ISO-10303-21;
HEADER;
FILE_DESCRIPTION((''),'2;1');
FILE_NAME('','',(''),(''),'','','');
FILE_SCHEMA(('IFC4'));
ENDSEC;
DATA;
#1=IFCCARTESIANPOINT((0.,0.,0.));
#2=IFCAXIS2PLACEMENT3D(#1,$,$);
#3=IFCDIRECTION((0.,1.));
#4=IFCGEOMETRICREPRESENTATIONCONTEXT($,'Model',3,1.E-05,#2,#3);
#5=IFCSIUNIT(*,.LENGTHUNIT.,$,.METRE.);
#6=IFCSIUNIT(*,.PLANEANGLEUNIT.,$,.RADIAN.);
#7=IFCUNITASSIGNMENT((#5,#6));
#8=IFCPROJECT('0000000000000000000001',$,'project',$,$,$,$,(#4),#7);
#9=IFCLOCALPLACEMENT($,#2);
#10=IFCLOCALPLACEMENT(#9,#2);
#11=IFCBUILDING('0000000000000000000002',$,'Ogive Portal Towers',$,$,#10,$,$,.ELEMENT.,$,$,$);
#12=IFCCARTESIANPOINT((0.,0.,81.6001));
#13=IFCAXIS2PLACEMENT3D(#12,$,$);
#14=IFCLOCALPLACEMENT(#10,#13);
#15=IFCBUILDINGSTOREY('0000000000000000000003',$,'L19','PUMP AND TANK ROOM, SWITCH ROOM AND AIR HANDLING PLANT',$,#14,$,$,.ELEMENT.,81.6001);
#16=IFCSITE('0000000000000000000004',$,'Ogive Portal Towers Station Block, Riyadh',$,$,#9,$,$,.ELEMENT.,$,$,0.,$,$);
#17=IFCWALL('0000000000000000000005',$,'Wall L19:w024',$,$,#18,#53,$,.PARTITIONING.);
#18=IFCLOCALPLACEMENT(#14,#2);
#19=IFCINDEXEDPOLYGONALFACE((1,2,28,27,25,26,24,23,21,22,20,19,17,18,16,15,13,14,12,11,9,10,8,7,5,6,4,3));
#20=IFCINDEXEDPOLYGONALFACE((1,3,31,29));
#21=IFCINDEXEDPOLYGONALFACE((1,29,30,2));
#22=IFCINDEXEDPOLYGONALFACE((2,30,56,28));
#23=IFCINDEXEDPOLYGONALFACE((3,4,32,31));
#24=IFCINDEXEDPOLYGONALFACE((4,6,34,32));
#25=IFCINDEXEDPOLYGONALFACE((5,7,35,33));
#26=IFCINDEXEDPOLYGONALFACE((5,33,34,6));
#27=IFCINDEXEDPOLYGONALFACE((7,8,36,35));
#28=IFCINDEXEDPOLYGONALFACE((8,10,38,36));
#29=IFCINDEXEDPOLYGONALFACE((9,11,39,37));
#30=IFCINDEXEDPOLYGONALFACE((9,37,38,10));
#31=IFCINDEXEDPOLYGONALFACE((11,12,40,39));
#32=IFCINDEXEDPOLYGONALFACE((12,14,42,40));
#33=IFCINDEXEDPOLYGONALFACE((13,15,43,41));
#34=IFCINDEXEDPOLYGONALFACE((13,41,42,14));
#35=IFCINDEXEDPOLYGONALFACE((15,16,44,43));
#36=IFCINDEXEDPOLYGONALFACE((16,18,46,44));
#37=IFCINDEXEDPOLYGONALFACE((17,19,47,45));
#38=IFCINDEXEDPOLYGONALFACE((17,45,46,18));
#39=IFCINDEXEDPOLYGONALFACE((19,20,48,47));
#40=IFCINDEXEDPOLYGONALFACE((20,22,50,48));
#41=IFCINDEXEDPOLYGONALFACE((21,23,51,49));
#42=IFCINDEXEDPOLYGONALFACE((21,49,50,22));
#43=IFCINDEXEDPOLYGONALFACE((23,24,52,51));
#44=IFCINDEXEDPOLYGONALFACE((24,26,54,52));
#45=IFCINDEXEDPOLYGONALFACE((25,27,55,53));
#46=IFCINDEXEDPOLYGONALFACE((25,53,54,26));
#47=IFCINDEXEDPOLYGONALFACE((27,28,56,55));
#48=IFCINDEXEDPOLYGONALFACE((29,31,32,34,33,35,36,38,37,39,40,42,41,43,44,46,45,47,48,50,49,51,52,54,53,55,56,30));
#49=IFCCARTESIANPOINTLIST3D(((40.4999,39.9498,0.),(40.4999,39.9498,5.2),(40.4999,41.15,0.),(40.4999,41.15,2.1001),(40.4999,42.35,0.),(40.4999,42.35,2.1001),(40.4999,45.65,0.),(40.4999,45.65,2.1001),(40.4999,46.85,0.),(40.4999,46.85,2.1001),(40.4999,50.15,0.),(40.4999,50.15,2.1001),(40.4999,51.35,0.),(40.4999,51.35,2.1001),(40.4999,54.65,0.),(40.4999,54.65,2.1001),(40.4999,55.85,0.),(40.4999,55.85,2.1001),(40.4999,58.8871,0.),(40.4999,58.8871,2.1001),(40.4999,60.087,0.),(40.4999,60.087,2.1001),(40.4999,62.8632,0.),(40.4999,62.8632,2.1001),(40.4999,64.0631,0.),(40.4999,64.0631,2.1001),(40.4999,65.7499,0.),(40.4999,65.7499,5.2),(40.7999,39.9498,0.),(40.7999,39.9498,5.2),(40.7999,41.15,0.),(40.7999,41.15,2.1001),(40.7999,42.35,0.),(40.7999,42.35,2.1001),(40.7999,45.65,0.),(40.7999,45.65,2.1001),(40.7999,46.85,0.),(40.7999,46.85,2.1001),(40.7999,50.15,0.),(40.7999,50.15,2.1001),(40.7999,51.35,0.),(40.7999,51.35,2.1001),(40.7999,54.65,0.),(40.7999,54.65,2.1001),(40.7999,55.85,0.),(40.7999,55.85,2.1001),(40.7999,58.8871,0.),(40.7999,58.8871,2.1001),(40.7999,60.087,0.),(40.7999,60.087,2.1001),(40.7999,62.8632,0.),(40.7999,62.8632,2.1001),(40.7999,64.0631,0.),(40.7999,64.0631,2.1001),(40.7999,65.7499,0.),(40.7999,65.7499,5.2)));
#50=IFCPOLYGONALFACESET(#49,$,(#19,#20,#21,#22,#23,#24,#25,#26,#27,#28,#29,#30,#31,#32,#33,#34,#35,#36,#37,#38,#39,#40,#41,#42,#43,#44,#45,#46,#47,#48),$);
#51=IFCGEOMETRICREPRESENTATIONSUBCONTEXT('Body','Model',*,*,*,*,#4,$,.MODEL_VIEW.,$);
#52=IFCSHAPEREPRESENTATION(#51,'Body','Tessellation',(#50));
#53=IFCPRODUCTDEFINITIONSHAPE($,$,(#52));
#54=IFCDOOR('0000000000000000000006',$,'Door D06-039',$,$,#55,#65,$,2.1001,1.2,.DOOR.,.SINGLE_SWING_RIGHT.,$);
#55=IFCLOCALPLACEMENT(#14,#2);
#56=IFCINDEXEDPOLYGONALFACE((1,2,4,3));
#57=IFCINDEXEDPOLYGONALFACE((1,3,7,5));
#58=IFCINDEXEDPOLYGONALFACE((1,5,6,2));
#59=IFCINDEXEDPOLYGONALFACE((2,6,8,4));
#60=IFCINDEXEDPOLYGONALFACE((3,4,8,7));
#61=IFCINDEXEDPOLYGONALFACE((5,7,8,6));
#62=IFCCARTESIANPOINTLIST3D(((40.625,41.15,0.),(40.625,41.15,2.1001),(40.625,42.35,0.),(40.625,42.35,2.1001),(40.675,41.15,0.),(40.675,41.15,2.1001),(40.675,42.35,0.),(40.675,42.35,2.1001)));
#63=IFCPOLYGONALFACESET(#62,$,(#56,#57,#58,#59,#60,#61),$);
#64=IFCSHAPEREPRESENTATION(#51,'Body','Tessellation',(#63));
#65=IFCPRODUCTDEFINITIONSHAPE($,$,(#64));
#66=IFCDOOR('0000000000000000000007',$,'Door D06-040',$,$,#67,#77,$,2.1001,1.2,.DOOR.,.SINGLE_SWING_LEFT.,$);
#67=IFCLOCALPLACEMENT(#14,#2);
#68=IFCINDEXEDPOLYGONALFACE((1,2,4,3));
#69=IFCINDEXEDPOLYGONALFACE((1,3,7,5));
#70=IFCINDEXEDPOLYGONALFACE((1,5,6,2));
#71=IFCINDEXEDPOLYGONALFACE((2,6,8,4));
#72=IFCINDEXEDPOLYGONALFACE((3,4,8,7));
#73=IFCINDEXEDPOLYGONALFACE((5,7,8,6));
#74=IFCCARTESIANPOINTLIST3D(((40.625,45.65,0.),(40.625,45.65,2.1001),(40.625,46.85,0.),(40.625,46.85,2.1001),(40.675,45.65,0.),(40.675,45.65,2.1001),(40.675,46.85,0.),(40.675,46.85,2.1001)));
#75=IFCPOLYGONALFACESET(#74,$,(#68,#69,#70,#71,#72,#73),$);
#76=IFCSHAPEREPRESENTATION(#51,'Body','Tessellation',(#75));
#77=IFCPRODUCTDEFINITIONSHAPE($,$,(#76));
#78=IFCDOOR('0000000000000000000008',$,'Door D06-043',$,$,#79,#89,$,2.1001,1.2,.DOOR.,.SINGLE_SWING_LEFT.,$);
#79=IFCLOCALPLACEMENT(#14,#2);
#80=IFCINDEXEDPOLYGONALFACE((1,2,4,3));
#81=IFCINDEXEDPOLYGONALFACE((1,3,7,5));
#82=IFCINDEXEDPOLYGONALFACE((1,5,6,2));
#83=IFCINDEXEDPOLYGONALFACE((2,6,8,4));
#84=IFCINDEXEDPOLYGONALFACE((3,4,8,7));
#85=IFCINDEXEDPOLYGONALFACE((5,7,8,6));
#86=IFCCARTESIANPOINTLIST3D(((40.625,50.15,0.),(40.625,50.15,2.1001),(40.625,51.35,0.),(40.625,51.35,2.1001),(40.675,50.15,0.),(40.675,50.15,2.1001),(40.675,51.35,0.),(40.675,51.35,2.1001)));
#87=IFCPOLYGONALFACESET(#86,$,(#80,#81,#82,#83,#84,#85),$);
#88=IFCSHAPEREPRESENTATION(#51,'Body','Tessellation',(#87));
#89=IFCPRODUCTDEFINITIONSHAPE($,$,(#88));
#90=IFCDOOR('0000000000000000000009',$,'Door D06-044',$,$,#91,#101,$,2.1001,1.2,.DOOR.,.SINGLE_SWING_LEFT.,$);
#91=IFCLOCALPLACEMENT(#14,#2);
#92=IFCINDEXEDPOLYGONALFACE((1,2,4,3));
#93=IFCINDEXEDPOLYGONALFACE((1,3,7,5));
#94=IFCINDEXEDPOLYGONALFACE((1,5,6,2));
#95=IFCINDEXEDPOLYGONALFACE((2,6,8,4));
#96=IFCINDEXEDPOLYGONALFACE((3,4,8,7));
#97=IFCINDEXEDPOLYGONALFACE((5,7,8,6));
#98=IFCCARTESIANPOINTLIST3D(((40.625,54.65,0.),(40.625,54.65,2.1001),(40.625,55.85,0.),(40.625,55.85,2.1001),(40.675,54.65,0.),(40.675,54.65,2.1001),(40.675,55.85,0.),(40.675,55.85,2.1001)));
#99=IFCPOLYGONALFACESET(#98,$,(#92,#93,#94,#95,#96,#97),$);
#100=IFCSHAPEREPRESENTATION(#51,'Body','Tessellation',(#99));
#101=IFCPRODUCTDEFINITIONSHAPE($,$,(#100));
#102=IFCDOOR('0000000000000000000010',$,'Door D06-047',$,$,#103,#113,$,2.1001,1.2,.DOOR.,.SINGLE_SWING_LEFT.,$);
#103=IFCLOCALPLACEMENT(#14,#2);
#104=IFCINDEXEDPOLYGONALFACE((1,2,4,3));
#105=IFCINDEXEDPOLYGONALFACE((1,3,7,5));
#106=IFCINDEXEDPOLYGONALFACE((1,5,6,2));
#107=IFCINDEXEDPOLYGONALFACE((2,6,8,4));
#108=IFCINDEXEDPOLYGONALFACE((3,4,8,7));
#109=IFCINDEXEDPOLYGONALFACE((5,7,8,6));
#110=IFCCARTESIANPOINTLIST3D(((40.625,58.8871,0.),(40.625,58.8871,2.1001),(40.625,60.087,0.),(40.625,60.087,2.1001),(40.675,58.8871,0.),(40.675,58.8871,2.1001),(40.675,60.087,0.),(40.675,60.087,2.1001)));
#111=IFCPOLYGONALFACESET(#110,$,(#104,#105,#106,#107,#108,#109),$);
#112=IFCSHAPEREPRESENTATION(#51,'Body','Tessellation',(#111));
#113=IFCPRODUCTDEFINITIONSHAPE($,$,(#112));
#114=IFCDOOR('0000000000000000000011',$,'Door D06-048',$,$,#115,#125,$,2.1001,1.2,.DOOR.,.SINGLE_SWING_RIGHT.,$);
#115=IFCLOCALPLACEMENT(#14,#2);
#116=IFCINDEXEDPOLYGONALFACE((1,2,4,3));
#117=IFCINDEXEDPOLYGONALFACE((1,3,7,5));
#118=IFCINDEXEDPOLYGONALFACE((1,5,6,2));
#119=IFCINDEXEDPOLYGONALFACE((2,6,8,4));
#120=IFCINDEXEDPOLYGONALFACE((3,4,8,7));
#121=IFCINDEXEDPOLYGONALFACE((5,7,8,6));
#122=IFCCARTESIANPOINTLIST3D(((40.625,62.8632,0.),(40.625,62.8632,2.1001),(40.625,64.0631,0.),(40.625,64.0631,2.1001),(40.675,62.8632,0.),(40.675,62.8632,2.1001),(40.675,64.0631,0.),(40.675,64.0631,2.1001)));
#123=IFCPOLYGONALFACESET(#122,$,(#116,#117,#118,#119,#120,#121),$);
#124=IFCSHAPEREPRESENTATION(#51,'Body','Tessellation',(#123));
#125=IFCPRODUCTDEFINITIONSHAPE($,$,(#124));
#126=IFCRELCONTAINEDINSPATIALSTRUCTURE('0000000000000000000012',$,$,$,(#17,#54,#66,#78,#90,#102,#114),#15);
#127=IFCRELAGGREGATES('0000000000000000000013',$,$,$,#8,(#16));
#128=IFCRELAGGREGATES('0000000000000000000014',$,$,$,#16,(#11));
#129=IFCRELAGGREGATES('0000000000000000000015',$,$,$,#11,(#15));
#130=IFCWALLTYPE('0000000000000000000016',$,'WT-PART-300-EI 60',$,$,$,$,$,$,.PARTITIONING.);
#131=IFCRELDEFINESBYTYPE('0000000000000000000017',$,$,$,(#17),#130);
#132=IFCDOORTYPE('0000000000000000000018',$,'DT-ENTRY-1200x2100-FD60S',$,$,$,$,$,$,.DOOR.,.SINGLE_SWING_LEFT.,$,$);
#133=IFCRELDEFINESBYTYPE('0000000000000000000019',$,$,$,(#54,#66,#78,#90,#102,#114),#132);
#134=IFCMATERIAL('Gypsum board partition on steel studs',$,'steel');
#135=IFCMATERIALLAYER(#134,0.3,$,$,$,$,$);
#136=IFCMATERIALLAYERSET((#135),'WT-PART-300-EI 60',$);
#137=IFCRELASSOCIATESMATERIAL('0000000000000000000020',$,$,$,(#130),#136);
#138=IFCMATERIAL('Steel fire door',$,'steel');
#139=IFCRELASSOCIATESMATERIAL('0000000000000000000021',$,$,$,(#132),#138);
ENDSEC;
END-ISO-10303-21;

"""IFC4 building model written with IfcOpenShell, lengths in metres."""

from ifc_helpers import new_model, si_unit, direction, frame, frame_2d, origin, place, context, subcontext, project, spatial, rectangle, extrude, material, layer, layer_set, type_object, element, fill, save


model = new_model("IFC4")

# Units and contexts
model_context = context("Model", 3, precision=1e-05, world=origin(), true_north=direction((0.0, 1.0)))
body_context = subcontext(model_context, "Body", "Model", "MODEL_VIEW")
ifc_project = project(units=[si_unit("LENGTHUNIT", "METRE"), si_unit("PLANEANGLEUNIT", "RADIAN")], contexts=[model_context])

# Site, building, storey
site_placement = place(None, origin())
site = spatial("IfcSite", under=ifc_project, at=site_placement, Name="Ogive Portal Towers Station Block, Riyadh", CompositionType="ELEMENT", RefElevation=0.0)
building_placement = place(site_placement, origin())
building = spatial("IfcBuilding", under=site, at=building_placement, Name="Ogive Portal Towers", CompositionType="ELEMENT")
storey_placement = place(building_placement, frame((0.0, 0.0, 81.6001)))
storey = spatial("IfcBuildingStorey", under=building, at=storey_placement, Name="L19", Description="PUMP AND TANK ROOM, SWITCH ROOM AND AIR HANDLING PLANT", CompositionType="ELEMENT", Elevation=81.6001)

# Shared definitions
ifc_material_1 = material(Name="Steel fire door", Category="steel")

# Shared definitions
ifc_material_2 = material(Name="Gypsum board partition on steel studs", Category="steel")
ifc_layer_1 = layer(ifc_material_2, 0.3)
ifc_layer_set_1 = layer_set([ifc_layer_1], Name="WT-PART-300-EI 60")
wall_type_1 = type_object("IfcWallType", Name="WT-PART-300-EI 60", PredefinedType="PARTITIONING", material=ifc_layer_set_1)

# Wall, openings, doors
wall_1_placement = place(storey_placement, frame((40.6499, 39.95, 0.0), z_axis=(0.0, 0.0, 1.0), x_axis=(0.0, 1.0, 0.0)))
wall_1 = element("IfcWall", 1, at=wall_1_placement, inside=storey, type_object=wall_type_1, Name="Wall L19:w024", PredefinedType="PARTITIONING", context=body_context, shape_type="SweptSolid", body=[
    extrude(rectangle(XDim=25.8, YDim=0.3, at=frame_2d((12.8999, 0.0))), origin(), (0.0, 0.0, 1.0), 5.2),
])
opening_1_placement = place(wall_1_placement, frame((1.2, 0.0, 0.0)))
opening_1 = element("IfcOpeningElement", 2, at=opening_1_placement, cuts=wall_1, PredefinedType="OPENING", context=body_context, shape_type="SweptSolid", body=[
    extrude(rectangle(XDim=1.2, YDim=2.1001, at=frame_2d((0.6001, 1.05))), frame((0.0, 0.1602, 0.0), z_axis=(0.0, -1.0, 0.0), x_axis=(1.0, 0.0, 0.0)), (0.0, 0.0, 1.0), 0.3201),
])
opening_2_placement = place(wall_1_placement, frame((5.7, 0.0, 0.0)))
opening_2 = element("IfcOpeningElement", 3, at=opening_2_placement, cuts=wall_1, PredefinedType="OPENING", context=body_context, shape_type="SweptSolid", body=[
    extrude(rectangle(XDim=1.2, YDim=2.1001, at=frame_2d((0.6001, 1.05))), frame((0.0, 0.1602, 0.0), z_axis=(0.0, -1.0, 0.0), x_axis=(1.0, 0.0, 0.0)), (0.0, 0.0, 1.0), 0.3201),
])
opening_3_placement = place(wall_1_placement, frame((10.2, 0.0, 0.0)))
opening_3 = element("IfcOpeningElement", 4, at=opening_3_placement, cuts=wall_1, PredefinedType="OPENING", context=body_context, shape_type="SweptSolid", body=[
    extrude(rectangle(XDim=1.2, YDim=2.1001, at=frame_2d((0.6001, 1.05))), frame((0.0, 0.1602, 0.0), z_axis=(0.0, -1.0, 0.0), x_axis=(1.0, 0.0, 0.0)), (0.0, 0.0, 1.0), 0.3201),
])
opening_4_placement = place(wall_1_placement, frame((14.7, 0.0, 0.0)))
opening_4 = element("IfcOpeningElement", 5, at=opening_4_placement, cuts=wall_1, PredefinedType="OPENING", context=body_context, shape_type="SweptSolid", body=[
    extrude(rectangle(XDim=1.2, YDim=2.1001, at=frame_2d((0.6001, 1.05))), frame((0.0, 0.1602, 0.0), z_axis=(0.0, -1.0, 0.0), x_axis=(1.0, 0.0, 0.0)), (0.0, 0.0, 1.0), 0.3201),
])
opening_5_placement = place(wall_1_placement, frame((18.937, 0.0, 0.0)))
opening_5 = element("IfcOpeningElement", 6, at=opening_5_placement, cuts=wall_1, PredefinedType="OPENING", context=body_context, shape_type="SweptSolid", body=[
    extrude(rectangle(XDim=1.2, YDim=2.1001, at=frame_2d((0.6001, 1.05))), frame((0.0, 0.1602, 0.0), z_axis=(0.0, -1.0, 0.0), x_axis=(1.0, 0.0, 0.0)), (0.0, 0.0, 1.0), 0.3201),
])
opening_6_placement = place(wall_1_placement, frame((22.9131, 0.0, 0.0)))
opening_6 = element("IfcOpeningElement", 7, at=opening_6_placement, cuts=wall_1, PredefinedType="OPENING", context=body_context, shape_type="SweptSolid", body=[
    extrude(rectangle(XDim=1.2, YDim=2.1001, at=frame_2d((0.6001, 1.05))), frame((0.0, 0.1602, 0.0), z_axis=(0.0, -1.0, 0.0), x_axis=(1.0, 0.0, 0.0)), (0.0, 0.0, 1.0), 0.3201),
])
door_type_1 = type_object("IfcDoorType", Name="DT-ENTRY-1200x2100-FD60S", OperationType="SINGLE_SWING_LEFT", PredefinedType="DOOR", material=ifc_material_1)
door_1_placement = place(opening_1_placement, origin())
door_1 = element("IfcDoor", 8, at=door_1_placement, inside=storey, type_object=door_type_1, Name="Door D06-039", OperationType="SINGLE_SWING_RIGHT", OverallHeight=2.1001, OverallWidth=1.2, PredefinedType="DOOR", context=body_context, shape_type="SweptSolid", body=[
    extrude(rectangle(XDim=1.2, YDim=2.1001, at=frame_2d((0.6001, 1.05))), frame((0.0, 0.0249, 0.0), z_axis=(0.0, -1.0, 0.0), x_axis=(1.0, 0.0, 0.0)), (0.0, 0.0, 1.0), 0.05),
])
fill(opening_1, door_1)
door_2_placement = place(opening_2_placement, origin())
door_2 = element("IfcDoor", 9, at=door_2_placement, inside=storey, type_object=door_type_1, Name="Door D06-040", OperationType="SINGLE_SWING_LEFT", OverallHeight=2.1001, OverallWidth=1.2, PredefinedType="DOOR", context=body_context, shape_type="SweptSolid", body=[
    extrude(rectangle(XDim=1.2, YDim=2.1001, at=frame_2d((0.6001, 1.05))), frame((0.0, 0.0249, 0.0), z_axis=(0.0, -1.0, 0.0), x_axis=(1.0, 0.0, 0.0)), (0.0, 0.0, 1.0), 0.05),
])
fill(opening_2, door_2)
door_3_placement = place(opening_3_placement, origin())
door_3 = element("IfcDoor", 10, at=door_3_placement, inside=storey, type_object=door_type_1, Name="Door D06-043", OperationType="SINGLE_SWING_LEFT", OverallHeight=2.1001, OverallWidth=1.2, PredefinedType="DOOR", context=body_context, shape_type="SweptSolid", body=[
    extrude(rectangle(XDim=1.2, YDim=2.1001, at=frame_2d((0.6001, 1.05))), frame((0.0, 0.0249, 0.0), z_axis=(0.0, -1.0, 0.0), x_axis=(1.0, 0.0, 0.0)), (0.0, 0.0, 1.0), 0.05),
])
fill(opening_3, door_3)
door_4_placement = place(opening_4_placement, origin())
door_4 = element("IfcDoor", 11, at=door_4_placement, inside=storey, type_object=door_type_1, Name="Door D06-044", OperationType="SINGLE_SWING_LEFT", OverallHeight=2.1001, OverallWidth=1.2, PredefinedType="DOOR", context=body_context, shape_type="SweptSolid", body=[
    extrude(rectangle(XDim=1.2, YDim=2.1001, at=frame_2d((0.6001, 1.05))), frame((0.0, 0.0249, 0.0), z_axis=(0.0, -1.0, 0.0), x_axis=(1.0, 0.0, 0.0)), (0.0, 0.0, 1.0), 0.05),
])
fill(opening_4, door_4)
door_5_placement = place(opening_5_placement, origin())
door_5 = element("IfcDoor", 12, at=door_5_placement, inside=storey, type_object=door_type_1, Name="Door D06-047", OperationType="SINGLE_SWING_LEFT", OverallHeight=2.1001, OverallWidth=1.2, PredefinedType="DOOR", context=body_context, shape_type="SweptSolid", body=[
    extrude(rectangle(XDim=1.2, YDim=2.1001, at=frame_2d((0.6001, 1.05))), frame((0.0, 0.0249, 0.0), z_axis=(0.0, -1.0, 0.0), x_axis=(1.0, 0.0, 0.0)), (0.0, 0.0, 1.0), 0.05),
])
fill(opening_5, door_5)
door_6_placement = place(opening_6_placement, origin())
door_6 = element("IfcDoor", 13, at=door_6_placement, inside=storey, type_object=door_type_1, Name="Door D06-048", OperationType="SINGLE_SWING_RIGHT", OverallHeight=2.1001, OverallWidth=1.2, PredefinedType="DOOR", context=body_context, shape_type="SweptSolid", body=[
    extrude(rectangle(XDim=1.2, YDim=2.1001, at=frame_2d((0.6001, 1.05))), frame((0.0, 0.0249, 0.0), z_axis=(0.0, -1.0, 0.0), x_axis=(1.0, 0.0, 0.0)), (0.0, 0.0, 1.0), 0.05),
])
fill(opening_6, door_6)

save(model, "model.ifc")
